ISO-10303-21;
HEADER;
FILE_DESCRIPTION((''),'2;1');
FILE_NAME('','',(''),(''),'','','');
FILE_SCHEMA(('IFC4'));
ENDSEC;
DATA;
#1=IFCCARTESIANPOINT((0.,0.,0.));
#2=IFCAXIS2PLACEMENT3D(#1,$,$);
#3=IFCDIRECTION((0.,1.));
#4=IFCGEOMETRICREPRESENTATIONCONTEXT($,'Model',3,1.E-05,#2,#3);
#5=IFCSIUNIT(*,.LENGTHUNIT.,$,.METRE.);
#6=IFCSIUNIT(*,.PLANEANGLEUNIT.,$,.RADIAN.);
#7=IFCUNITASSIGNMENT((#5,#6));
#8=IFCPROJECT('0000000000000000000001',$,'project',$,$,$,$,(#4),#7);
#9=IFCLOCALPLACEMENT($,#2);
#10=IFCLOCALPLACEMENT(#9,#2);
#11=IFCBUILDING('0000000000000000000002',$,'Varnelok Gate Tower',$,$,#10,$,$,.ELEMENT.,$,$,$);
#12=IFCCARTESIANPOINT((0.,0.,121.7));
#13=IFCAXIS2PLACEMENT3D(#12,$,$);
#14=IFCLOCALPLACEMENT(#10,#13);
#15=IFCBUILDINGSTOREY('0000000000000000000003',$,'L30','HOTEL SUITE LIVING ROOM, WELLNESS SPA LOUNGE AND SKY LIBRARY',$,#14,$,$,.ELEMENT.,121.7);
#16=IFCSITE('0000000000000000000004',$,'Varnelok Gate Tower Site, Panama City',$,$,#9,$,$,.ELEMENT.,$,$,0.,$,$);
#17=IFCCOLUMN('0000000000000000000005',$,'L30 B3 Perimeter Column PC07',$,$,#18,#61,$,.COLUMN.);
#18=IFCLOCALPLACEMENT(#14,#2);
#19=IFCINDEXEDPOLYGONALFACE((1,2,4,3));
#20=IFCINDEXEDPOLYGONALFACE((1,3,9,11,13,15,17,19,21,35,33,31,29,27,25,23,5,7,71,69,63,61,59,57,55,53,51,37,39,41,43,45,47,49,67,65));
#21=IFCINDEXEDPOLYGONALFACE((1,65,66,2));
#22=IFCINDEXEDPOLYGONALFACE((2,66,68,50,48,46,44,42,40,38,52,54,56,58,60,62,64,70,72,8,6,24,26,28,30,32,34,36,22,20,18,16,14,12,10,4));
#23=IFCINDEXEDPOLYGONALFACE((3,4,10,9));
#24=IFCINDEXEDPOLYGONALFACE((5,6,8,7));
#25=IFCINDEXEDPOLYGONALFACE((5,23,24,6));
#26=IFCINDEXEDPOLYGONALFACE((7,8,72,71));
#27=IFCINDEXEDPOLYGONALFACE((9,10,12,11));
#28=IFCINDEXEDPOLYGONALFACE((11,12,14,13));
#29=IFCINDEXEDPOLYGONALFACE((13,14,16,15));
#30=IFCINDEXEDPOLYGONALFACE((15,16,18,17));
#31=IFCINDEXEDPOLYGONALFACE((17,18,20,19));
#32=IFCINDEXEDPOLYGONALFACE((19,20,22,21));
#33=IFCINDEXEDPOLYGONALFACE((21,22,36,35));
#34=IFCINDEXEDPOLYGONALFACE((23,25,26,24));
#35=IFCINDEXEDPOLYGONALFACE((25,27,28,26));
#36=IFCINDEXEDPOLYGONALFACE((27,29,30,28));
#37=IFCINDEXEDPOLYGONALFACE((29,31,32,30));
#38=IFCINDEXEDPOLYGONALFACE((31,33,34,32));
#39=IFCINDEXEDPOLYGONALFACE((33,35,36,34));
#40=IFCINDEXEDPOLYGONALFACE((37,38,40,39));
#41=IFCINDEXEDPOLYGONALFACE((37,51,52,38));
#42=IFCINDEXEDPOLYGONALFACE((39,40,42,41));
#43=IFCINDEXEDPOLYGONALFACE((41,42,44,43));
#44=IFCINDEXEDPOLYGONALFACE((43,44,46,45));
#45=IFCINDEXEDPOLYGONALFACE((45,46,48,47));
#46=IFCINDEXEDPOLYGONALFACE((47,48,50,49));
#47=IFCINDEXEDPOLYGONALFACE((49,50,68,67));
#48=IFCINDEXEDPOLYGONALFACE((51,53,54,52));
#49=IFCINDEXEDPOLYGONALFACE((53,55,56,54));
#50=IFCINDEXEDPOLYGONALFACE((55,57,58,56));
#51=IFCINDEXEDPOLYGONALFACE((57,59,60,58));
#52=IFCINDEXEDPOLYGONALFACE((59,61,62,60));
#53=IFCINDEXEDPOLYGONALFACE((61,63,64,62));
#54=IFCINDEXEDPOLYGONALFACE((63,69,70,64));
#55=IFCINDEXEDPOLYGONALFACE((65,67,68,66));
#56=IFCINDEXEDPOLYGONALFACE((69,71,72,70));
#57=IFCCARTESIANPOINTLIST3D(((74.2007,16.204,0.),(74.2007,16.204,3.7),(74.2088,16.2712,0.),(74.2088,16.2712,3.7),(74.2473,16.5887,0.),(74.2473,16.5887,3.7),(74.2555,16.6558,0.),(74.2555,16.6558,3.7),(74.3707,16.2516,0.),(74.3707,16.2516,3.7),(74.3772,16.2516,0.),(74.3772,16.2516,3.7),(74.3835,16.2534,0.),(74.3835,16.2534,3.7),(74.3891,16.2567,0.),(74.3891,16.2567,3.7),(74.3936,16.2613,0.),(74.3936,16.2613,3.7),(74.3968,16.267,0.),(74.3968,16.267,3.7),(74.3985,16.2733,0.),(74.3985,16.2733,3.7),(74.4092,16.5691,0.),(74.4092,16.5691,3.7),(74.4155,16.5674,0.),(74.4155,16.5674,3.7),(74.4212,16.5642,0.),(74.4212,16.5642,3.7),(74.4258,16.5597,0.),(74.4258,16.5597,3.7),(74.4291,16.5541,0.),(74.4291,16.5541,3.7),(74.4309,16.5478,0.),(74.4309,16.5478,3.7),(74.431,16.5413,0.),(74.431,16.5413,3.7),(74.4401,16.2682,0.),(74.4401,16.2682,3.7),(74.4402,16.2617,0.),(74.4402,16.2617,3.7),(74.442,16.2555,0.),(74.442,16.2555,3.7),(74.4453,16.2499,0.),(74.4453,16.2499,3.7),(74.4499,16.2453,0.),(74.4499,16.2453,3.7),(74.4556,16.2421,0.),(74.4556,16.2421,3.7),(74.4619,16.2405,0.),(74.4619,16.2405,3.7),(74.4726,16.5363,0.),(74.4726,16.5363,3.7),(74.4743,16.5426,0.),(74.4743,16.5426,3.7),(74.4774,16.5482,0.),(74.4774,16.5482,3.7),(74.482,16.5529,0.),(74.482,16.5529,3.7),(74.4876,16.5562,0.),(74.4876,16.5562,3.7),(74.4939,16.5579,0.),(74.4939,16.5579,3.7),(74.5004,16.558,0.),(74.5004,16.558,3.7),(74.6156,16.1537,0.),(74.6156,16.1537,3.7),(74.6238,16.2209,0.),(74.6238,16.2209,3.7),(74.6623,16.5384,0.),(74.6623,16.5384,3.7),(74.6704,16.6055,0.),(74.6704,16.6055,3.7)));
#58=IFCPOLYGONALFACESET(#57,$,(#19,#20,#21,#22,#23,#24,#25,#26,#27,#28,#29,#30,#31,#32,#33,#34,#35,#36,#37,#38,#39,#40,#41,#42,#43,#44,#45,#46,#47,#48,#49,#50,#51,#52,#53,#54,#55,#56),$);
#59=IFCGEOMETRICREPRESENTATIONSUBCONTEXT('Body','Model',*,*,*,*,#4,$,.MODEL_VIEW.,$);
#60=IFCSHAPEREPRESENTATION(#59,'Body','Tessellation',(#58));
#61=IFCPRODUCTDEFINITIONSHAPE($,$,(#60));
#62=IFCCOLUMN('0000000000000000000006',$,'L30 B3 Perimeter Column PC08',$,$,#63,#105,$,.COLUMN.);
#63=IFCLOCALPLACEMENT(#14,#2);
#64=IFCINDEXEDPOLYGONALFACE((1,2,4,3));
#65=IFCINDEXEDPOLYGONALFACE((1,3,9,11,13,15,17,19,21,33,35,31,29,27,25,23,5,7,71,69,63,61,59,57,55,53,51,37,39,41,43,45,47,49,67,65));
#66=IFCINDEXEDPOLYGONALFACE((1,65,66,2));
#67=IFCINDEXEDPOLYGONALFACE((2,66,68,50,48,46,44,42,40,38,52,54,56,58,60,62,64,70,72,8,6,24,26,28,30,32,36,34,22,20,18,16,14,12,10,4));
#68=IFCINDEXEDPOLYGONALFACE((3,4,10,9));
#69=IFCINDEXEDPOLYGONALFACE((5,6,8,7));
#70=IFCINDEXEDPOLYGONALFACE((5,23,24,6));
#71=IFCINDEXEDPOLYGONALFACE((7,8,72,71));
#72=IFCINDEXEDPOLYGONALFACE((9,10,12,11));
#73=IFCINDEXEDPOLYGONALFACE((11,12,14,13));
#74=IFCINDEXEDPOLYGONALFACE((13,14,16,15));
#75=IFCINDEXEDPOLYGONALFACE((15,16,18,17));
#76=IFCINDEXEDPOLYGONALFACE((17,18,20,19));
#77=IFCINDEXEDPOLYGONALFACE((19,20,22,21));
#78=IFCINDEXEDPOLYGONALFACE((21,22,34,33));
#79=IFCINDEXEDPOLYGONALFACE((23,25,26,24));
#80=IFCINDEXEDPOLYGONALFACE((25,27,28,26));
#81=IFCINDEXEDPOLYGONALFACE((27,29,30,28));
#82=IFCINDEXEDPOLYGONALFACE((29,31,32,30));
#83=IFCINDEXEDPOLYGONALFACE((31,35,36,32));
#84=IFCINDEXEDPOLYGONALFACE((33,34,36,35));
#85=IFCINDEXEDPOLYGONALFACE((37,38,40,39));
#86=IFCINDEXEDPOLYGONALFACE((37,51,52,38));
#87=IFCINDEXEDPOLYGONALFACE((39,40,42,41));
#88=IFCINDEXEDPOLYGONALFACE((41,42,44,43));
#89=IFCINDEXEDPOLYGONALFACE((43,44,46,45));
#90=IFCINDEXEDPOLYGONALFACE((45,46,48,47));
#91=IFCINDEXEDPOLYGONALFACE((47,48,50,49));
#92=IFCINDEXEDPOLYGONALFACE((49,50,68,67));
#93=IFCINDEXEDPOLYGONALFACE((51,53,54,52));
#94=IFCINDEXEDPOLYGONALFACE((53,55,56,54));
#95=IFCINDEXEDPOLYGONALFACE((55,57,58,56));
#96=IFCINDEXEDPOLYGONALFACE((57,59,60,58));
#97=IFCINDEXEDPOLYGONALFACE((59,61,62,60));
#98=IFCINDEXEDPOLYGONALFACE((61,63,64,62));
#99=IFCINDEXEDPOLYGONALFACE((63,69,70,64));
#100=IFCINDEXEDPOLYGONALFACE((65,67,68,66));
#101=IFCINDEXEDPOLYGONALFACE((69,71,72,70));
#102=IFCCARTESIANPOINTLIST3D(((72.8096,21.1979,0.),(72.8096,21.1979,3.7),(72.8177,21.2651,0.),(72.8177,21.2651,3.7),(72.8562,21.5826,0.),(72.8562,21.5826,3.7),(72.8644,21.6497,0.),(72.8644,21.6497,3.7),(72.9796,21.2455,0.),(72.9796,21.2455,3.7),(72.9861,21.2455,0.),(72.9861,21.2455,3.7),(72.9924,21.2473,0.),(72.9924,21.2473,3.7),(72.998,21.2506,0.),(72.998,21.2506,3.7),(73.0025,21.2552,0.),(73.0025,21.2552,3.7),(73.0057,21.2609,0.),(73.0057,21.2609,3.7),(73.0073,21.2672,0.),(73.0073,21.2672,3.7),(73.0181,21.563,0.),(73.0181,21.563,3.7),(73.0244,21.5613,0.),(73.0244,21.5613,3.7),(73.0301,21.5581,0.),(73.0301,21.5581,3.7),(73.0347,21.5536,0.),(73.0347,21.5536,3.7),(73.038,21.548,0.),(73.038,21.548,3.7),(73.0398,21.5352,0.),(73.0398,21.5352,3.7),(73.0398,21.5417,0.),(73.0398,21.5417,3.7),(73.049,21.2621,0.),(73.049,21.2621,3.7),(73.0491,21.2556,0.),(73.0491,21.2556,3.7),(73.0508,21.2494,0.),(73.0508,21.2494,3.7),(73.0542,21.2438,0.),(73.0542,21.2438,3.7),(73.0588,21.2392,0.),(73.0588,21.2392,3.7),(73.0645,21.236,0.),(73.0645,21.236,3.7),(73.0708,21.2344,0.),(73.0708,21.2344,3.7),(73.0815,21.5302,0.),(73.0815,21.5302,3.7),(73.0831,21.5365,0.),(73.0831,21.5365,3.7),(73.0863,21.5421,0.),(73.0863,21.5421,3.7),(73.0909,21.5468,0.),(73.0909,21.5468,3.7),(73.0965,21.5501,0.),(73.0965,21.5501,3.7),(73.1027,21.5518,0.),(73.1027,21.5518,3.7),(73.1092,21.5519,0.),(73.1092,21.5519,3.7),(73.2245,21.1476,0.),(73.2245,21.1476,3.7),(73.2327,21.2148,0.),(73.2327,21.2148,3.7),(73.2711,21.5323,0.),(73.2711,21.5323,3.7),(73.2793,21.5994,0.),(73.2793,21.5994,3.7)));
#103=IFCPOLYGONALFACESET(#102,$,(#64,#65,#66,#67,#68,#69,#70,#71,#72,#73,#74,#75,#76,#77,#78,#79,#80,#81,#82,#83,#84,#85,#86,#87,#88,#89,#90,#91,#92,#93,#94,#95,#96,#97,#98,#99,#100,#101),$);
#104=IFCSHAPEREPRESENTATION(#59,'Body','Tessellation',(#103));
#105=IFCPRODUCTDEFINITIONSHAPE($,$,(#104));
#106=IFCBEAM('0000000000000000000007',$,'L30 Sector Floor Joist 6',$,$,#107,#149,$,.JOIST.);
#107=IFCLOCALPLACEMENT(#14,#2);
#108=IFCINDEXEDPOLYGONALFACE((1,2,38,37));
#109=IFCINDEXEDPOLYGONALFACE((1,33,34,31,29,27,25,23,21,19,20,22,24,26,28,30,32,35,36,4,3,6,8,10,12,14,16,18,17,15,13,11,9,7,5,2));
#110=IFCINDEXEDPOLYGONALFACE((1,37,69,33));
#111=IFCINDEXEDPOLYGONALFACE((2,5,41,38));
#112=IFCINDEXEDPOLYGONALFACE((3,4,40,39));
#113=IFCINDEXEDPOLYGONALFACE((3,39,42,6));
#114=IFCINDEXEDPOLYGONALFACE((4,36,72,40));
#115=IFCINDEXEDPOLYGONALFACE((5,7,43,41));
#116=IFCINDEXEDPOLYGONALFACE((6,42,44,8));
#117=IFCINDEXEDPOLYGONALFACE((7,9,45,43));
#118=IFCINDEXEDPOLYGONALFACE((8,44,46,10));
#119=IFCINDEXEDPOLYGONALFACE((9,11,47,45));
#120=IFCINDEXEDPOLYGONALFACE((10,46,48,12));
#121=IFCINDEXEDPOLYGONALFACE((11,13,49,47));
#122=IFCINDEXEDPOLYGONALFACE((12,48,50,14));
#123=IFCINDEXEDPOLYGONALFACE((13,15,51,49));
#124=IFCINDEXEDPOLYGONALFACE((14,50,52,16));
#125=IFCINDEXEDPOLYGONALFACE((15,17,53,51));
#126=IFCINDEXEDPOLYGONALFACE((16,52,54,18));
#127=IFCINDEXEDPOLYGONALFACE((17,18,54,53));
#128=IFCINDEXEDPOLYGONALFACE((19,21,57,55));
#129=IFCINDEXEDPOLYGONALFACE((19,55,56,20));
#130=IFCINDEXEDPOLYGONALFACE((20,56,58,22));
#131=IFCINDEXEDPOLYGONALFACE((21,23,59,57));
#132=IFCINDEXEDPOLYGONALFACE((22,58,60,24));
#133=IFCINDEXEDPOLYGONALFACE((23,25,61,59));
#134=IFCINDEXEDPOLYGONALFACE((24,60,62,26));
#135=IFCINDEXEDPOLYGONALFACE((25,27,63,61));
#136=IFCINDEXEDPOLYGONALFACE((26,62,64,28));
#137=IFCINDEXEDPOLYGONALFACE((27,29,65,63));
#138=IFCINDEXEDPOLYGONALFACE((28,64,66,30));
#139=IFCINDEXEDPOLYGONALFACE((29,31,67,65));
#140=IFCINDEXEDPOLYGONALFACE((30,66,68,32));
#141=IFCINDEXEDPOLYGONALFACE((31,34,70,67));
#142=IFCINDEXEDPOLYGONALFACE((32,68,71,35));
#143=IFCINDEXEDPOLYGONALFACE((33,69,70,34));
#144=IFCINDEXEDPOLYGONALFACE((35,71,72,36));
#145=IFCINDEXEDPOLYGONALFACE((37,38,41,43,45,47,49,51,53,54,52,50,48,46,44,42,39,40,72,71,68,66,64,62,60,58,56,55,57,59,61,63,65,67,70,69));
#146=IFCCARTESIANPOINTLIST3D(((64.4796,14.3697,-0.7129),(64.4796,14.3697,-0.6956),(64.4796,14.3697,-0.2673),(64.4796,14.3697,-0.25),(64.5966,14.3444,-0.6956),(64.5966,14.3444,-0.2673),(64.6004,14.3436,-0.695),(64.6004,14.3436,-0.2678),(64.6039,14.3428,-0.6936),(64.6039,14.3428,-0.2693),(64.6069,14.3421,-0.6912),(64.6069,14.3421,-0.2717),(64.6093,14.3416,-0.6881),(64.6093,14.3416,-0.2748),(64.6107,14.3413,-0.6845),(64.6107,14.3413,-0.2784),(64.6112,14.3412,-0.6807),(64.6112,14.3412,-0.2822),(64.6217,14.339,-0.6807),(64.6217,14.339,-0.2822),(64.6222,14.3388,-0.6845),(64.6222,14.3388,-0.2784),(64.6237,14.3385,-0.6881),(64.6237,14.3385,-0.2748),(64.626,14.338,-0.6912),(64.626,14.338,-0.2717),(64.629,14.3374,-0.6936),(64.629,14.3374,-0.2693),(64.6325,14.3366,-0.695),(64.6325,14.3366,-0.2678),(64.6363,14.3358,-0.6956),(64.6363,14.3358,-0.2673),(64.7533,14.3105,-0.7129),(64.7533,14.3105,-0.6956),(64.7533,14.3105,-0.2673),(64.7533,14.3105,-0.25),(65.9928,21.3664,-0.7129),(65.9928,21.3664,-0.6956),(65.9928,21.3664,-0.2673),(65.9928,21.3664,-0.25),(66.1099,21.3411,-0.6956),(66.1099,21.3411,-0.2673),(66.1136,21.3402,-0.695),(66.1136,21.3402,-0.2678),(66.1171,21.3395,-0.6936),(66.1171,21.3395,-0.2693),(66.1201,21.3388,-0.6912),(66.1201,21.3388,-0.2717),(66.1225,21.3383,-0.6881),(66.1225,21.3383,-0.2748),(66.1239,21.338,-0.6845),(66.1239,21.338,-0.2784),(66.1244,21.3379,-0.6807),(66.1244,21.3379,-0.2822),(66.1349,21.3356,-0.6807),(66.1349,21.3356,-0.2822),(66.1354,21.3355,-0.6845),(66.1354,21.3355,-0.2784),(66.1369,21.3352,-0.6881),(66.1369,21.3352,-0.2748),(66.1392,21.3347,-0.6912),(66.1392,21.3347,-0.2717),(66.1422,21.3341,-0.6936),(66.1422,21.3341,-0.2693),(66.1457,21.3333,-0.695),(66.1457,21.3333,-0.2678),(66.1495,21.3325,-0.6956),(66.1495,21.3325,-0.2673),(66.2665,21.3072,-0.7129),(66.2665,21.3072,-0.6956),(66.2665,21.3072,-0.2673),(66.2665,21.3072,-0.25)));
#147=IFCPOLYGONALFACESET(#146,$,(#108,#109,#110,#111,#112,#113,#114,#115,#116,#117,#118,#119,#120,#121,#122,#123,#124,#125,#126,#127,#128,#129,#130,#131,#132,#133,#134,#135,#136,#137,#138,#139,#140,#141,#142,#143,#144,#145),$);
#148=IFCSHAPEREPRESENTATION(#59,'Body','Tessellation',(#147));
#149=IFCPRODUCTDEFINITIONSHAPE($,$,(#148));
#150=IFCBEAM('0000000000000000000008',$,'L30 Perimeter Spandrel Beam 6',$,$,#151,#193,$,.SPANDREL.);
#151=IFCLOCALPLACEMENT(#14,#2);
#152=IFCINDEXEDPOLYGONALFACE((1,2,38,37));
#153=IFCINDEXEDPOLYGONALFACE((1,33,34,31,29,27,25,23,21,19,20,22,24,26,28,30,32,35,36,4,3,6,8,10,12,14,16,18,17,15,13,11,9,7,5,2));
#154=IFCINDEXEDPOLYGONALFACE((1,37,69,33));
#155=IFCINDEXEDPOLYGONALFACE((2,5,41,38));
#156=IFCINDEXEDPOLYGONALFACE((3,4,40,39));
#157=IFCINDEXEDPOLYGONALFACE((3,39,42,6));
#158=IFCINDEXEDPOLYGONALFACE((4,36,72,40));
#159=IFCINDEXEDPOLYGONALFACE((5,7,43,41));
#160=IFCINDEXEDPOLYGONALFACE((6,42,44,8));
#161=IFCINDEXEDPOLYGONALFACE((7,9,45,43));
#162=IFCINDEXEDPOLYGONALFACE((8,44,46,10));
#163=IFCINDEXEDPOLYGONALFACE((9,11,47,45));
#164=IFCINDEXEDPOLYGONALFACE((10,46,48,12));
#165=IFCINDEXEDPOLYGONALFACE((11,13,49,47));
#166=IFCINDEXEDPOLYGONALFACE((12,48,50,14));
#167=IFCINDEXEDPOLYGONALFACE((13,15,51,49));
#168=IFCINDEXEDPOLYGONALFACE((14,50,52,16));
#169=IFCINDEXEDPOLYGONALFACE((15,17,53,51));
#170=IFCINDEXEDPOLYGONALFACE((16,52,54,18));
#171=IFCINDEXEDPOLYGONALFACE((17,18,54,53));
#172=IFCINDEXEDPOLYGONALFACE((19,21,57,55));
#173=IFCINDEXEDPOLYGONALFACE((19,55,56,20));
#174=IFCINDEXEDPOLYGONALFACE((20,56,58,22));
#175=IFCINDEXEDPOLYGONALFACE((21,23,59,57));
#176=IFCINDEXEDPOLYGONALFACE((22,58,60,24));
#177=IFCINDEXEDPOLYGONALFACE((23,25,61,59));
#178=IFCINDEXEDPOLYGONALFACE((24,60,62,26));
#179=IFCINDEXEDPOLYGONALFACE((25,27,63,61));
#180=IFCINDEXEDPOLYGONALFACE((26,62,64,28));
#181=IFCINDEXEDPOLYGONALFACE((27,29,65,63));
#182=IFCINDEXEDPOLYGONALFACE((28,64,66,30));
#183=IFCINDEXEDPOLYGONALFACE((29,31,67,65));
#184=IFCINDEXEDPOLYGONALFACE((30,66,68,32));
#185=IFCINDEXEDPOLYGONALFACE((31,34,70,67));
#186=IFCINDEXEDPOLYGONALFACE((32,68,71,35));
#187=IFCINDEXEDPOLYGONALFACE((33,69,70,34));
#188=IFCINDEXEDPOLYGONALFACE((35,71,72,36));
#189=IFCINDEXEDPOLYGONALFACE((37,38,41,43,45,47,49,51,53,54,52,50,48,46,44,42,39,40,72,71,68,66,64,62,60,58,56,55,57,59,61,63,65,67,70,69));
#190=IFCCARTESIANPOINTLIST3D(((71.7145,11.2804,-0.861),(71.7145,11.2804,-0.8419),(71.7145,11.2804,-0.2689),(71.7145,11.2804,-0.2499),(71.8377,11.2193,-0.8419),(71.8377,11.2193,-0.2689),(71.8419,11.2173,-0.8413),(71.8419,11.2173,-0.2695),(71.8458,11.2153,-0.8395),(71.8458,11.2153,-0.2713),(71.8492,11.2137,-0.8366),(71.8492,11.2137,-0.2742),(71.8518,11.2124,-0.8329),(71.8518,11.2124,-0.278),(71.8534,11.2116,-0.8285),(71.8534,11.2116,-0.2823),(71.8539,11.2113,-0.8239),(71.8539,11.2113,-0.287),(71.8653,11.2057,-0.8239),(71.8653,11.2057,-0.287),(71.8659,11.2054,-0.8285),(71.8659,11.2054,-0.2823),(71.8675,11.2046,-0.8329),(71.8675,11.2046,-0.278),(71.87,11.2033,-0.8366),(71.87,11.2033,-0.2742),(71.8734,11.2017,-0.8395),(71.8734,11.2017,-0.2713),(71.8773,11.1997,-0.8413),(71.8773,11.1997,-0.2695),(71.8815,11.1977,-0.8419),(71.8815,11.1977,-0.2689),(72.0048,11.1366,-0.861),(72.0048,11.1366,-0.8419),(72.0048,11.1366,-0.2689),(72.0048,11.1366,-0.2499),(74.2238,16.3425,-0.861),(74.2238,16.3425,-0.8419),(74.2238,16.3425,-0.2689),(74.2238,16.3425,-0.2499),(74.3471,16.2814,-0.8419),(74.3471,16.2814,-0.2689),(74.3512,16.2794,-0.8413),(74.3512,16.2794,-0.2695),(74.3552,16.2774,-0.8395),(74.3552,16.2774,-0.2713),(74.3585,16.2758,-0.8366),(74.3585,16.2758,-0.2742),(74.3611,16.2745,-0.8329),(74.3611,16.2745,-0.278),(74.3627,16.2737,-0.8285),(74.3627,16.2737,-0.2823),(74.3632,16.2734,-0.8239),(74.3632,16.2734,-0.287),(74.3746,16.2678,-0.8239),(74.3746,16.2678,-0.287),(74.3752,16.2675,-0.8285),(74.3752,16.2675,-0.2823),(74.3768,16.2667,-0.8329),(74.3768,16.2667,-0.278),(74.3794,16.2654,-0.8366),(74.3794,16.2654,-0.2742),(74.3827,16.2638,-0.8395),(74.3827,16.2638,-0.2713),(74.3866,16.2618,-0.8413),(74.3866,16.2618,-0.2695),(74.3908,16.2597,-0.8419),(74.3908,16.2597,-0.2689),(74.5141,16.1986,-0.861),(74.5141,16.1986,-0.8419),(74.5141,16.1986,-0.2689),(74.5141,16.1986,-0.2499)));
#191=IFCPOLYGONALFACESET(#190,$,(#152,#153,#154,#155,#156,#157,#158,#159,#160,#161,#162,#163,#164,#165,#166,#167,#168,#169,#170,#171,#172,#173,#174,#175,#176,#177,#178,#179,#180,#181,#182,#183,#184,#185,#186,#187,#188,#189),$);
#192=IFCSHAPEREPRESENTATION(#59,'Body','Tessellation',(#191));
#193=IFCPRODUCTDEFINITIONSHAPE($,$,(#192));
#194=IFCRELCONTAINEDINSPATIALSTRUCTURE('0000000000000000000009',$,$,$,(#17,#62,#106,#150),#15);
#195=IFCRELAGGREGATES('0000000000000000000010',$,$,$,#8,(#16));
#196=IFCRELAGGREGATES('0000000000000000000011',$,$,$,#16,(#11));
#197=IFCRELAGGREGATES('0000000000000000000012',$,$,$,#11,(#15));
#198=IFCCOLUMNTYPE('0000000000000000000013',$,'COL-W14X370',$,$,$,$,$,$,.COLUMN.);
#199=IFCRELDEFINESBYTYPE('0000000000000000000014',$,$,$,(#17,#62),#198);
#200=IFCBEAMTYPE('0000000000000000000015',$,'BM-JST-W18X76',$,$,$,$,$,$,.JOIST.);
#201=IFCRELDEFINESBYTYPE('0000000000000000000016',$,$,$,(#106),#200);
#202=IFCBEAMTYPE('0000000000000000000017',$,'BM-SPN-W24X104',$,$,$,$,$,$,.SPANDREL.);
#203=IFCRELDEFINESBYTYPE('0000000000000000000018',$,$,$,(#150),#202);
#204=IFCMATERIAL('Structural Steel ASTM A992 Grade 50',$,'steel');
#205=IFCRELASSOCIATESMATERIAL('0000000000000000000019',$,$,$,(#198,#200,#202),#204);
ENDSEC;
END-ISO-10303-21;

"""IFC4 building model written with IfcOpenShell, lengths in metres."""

from ifc_helpers import new_model, si_unit, direction, frame, origin, origin_2d, place, context, subcontext, project, spatial, i_section, extrude, material, material_profile, profile_set, type_object, element, save


model = new_model("IFC4")

# Units and contexts
model_context = context("Model", 3, precision=1e-05, world=origin(), true_north=direction((0.0, 1.0)))
body_context = subcontext(model_context, "Body", "Model", "MODEL_VIEW")
ifc_project = project(units=[si_unit("LENGTHUNIT", "METRE"), si_unit("PLANEANGLEUNIT", "RADIAN")], contexts=[model_context])

# Site, building, storey
site_placement = place(None, origin())
site = spatial("IfcSite", under=ifc_project, at=site_placement, Name="Varnelok Gate Tower Site, Panama City", CompositionType="ELEMENT", RefElevation=0.0)
building_placement = place(site_placement, origin())
building = spatial("IfcBuilding", under=site, at=building_placement, Name="Varnelok Gate Tower", CompositionType="ELEMENT")
storey_placement = place(building_placement, frame((0.0, 0.0, 121.7)))
storey = spatial("IfcBuildingStorey", under=building, at=storey_placement, Name="L30", Description="HOTEL SUITE LIVING ROOM, WELLNESS SPA LOUNGE AND SKY LIBRARY", CompositionType="ELEMENT", Elevation=121.7)

# Columns
ifc_material_1 = material(Name="Structural Steel ASTM A992 Grade 50", Category="steel")
ifc_material_profile_1 = material_profile(ifc_material_1, i_section(OverallWidth=0.418, OverallDepth=0.4551, WebThickness=0.042, FlangeThickness=0.0676, FilletRadius=0.0249, at=origin_2d()), Name="W14X370")
ifc_profile_set_1 = profile_set([ifc_material_profile_1], Name="Structural Steel ASTM A992 Grade 50")
column_type = type_object("IfcColumnType", Name="COL-W14X370", PredefinedType="COLUMN", material=ifc_profile_set_1)
for number, where, z_axis, x_axis, name in (
    (1, (74.4355, 16.4048, 0.0), (0.0, 0.0, 1.0), (0.992732, -0.120345, 0.0), "L30 B3 Perimeter Column PC07"),
    (2, (73.0444, 21.3987, 0.0), (0.0, 0.0, 1.0), (0.992732, -0.120345, 0.0), "L30 B3 Perimeter Column PC08"),
):
    element("IfcColumn", number, at=place(storey_placement, frame(where, z_axis=z_axis, x_axis=x_axis)), inside=storey, type_object=column_type, Name=name, PredefinedType="COLUMN", context=body_context, shape_type="SweptSolid", body=[
        extrude(i_section(OverallWidth=0.418, OverallDepth=0.4551, WebThickness=0.042, FlangeThickness=0.0676, FilletRadius=0.0249, at=origin_2d()), origin(), (0.0, 0.0, 1.0), 3.7),
    ])

# Beams
ifc_material_profile_2 = material_profile(ifc_material_1, i_section(OverallWidth=0.28, OverallDepth=0.4629, WebThickness=0.0107, FlangeThickness=0.0173, FilletRadius=0.0149, at=origin_2d()), Name="W18X76")
ifc_profile_set_2 = profile_set([ifc_material_profile_2], Name="Structural Steel ASTM A992 Grade 50")
beam_type_1 = type_object("IfcBeamType", Name="BM-JST-W18X76", PredefinedType="JOIST", material=ifc_profile_set_2)
beam_1_placement = place(storey_placement, frame((64.6165, 14.3401, -0.4814), z_axis=(0.211387, 0.977402, 0.0), x_axis=(-0.977402, 0.211387, 0.0)))
element("IfcBeam", 3, at=beam_1_placement, inside=storey, type_object=beam_type_1, Name="L30 Sector Floor Joist 6", PredefinedType="JOIST", context=body_context, shape_type="SweptSolid", body=[
    extrude(i_section(OverallWidth=0.28, OverallDepth=0.4629, WebThickness=0.0107, FlangeThickness=0.0173, FilletRadius=0.0149, at=origin_2d()), origin(), (0.0, 0.0, 1.0), 7.1584),
])
ifc_material_profile_3 = material_profile(ifc_material_1, i_section(OverallWidth=0.324, OverallDepth=0.6111, WebThickness=0.0127, FlangeThickness=0.019, FilletRadius=0.0181, at=origin_2d()), Name="W24X104")
ifc_profile_set_3 = profile_set([ifc_material_profile_3], Name="Structural Steel ASTM A992 Grade 50")
beam_type_2 = type_object("IfcBeamType", Name="BM-SPN-W24X104", PredefinedType="SPANDREL", material=ifc_profile_set_3)
beam_2_placement = place(storey_placement, frame((71.8596, 11.2085, -0.5554), z_axis=(0.444134, 0.89596, 0.0), x_axis=(-0.89596, 0.444134, 0.0)))
element("IfcBeam", 4, at=beam_2_placement, inside=storey, type_object=beam_type_2, Name="L30 Perimeter Spandrel Beam 6", PredefinedType="SPANDREL", context=body_context, shape_type="SweptSolid", body=[
    extrude(i_section(OverallWidth=0.324, OverallDepth=0.6111, WebThickness=0.0127, FlangeThickness=0.019, FilletRadius=0.0181, at=origin_2d()), origin(), (0.0, 0.0, 1.0), 5.6499),
])

save(model, "model.ifc")
